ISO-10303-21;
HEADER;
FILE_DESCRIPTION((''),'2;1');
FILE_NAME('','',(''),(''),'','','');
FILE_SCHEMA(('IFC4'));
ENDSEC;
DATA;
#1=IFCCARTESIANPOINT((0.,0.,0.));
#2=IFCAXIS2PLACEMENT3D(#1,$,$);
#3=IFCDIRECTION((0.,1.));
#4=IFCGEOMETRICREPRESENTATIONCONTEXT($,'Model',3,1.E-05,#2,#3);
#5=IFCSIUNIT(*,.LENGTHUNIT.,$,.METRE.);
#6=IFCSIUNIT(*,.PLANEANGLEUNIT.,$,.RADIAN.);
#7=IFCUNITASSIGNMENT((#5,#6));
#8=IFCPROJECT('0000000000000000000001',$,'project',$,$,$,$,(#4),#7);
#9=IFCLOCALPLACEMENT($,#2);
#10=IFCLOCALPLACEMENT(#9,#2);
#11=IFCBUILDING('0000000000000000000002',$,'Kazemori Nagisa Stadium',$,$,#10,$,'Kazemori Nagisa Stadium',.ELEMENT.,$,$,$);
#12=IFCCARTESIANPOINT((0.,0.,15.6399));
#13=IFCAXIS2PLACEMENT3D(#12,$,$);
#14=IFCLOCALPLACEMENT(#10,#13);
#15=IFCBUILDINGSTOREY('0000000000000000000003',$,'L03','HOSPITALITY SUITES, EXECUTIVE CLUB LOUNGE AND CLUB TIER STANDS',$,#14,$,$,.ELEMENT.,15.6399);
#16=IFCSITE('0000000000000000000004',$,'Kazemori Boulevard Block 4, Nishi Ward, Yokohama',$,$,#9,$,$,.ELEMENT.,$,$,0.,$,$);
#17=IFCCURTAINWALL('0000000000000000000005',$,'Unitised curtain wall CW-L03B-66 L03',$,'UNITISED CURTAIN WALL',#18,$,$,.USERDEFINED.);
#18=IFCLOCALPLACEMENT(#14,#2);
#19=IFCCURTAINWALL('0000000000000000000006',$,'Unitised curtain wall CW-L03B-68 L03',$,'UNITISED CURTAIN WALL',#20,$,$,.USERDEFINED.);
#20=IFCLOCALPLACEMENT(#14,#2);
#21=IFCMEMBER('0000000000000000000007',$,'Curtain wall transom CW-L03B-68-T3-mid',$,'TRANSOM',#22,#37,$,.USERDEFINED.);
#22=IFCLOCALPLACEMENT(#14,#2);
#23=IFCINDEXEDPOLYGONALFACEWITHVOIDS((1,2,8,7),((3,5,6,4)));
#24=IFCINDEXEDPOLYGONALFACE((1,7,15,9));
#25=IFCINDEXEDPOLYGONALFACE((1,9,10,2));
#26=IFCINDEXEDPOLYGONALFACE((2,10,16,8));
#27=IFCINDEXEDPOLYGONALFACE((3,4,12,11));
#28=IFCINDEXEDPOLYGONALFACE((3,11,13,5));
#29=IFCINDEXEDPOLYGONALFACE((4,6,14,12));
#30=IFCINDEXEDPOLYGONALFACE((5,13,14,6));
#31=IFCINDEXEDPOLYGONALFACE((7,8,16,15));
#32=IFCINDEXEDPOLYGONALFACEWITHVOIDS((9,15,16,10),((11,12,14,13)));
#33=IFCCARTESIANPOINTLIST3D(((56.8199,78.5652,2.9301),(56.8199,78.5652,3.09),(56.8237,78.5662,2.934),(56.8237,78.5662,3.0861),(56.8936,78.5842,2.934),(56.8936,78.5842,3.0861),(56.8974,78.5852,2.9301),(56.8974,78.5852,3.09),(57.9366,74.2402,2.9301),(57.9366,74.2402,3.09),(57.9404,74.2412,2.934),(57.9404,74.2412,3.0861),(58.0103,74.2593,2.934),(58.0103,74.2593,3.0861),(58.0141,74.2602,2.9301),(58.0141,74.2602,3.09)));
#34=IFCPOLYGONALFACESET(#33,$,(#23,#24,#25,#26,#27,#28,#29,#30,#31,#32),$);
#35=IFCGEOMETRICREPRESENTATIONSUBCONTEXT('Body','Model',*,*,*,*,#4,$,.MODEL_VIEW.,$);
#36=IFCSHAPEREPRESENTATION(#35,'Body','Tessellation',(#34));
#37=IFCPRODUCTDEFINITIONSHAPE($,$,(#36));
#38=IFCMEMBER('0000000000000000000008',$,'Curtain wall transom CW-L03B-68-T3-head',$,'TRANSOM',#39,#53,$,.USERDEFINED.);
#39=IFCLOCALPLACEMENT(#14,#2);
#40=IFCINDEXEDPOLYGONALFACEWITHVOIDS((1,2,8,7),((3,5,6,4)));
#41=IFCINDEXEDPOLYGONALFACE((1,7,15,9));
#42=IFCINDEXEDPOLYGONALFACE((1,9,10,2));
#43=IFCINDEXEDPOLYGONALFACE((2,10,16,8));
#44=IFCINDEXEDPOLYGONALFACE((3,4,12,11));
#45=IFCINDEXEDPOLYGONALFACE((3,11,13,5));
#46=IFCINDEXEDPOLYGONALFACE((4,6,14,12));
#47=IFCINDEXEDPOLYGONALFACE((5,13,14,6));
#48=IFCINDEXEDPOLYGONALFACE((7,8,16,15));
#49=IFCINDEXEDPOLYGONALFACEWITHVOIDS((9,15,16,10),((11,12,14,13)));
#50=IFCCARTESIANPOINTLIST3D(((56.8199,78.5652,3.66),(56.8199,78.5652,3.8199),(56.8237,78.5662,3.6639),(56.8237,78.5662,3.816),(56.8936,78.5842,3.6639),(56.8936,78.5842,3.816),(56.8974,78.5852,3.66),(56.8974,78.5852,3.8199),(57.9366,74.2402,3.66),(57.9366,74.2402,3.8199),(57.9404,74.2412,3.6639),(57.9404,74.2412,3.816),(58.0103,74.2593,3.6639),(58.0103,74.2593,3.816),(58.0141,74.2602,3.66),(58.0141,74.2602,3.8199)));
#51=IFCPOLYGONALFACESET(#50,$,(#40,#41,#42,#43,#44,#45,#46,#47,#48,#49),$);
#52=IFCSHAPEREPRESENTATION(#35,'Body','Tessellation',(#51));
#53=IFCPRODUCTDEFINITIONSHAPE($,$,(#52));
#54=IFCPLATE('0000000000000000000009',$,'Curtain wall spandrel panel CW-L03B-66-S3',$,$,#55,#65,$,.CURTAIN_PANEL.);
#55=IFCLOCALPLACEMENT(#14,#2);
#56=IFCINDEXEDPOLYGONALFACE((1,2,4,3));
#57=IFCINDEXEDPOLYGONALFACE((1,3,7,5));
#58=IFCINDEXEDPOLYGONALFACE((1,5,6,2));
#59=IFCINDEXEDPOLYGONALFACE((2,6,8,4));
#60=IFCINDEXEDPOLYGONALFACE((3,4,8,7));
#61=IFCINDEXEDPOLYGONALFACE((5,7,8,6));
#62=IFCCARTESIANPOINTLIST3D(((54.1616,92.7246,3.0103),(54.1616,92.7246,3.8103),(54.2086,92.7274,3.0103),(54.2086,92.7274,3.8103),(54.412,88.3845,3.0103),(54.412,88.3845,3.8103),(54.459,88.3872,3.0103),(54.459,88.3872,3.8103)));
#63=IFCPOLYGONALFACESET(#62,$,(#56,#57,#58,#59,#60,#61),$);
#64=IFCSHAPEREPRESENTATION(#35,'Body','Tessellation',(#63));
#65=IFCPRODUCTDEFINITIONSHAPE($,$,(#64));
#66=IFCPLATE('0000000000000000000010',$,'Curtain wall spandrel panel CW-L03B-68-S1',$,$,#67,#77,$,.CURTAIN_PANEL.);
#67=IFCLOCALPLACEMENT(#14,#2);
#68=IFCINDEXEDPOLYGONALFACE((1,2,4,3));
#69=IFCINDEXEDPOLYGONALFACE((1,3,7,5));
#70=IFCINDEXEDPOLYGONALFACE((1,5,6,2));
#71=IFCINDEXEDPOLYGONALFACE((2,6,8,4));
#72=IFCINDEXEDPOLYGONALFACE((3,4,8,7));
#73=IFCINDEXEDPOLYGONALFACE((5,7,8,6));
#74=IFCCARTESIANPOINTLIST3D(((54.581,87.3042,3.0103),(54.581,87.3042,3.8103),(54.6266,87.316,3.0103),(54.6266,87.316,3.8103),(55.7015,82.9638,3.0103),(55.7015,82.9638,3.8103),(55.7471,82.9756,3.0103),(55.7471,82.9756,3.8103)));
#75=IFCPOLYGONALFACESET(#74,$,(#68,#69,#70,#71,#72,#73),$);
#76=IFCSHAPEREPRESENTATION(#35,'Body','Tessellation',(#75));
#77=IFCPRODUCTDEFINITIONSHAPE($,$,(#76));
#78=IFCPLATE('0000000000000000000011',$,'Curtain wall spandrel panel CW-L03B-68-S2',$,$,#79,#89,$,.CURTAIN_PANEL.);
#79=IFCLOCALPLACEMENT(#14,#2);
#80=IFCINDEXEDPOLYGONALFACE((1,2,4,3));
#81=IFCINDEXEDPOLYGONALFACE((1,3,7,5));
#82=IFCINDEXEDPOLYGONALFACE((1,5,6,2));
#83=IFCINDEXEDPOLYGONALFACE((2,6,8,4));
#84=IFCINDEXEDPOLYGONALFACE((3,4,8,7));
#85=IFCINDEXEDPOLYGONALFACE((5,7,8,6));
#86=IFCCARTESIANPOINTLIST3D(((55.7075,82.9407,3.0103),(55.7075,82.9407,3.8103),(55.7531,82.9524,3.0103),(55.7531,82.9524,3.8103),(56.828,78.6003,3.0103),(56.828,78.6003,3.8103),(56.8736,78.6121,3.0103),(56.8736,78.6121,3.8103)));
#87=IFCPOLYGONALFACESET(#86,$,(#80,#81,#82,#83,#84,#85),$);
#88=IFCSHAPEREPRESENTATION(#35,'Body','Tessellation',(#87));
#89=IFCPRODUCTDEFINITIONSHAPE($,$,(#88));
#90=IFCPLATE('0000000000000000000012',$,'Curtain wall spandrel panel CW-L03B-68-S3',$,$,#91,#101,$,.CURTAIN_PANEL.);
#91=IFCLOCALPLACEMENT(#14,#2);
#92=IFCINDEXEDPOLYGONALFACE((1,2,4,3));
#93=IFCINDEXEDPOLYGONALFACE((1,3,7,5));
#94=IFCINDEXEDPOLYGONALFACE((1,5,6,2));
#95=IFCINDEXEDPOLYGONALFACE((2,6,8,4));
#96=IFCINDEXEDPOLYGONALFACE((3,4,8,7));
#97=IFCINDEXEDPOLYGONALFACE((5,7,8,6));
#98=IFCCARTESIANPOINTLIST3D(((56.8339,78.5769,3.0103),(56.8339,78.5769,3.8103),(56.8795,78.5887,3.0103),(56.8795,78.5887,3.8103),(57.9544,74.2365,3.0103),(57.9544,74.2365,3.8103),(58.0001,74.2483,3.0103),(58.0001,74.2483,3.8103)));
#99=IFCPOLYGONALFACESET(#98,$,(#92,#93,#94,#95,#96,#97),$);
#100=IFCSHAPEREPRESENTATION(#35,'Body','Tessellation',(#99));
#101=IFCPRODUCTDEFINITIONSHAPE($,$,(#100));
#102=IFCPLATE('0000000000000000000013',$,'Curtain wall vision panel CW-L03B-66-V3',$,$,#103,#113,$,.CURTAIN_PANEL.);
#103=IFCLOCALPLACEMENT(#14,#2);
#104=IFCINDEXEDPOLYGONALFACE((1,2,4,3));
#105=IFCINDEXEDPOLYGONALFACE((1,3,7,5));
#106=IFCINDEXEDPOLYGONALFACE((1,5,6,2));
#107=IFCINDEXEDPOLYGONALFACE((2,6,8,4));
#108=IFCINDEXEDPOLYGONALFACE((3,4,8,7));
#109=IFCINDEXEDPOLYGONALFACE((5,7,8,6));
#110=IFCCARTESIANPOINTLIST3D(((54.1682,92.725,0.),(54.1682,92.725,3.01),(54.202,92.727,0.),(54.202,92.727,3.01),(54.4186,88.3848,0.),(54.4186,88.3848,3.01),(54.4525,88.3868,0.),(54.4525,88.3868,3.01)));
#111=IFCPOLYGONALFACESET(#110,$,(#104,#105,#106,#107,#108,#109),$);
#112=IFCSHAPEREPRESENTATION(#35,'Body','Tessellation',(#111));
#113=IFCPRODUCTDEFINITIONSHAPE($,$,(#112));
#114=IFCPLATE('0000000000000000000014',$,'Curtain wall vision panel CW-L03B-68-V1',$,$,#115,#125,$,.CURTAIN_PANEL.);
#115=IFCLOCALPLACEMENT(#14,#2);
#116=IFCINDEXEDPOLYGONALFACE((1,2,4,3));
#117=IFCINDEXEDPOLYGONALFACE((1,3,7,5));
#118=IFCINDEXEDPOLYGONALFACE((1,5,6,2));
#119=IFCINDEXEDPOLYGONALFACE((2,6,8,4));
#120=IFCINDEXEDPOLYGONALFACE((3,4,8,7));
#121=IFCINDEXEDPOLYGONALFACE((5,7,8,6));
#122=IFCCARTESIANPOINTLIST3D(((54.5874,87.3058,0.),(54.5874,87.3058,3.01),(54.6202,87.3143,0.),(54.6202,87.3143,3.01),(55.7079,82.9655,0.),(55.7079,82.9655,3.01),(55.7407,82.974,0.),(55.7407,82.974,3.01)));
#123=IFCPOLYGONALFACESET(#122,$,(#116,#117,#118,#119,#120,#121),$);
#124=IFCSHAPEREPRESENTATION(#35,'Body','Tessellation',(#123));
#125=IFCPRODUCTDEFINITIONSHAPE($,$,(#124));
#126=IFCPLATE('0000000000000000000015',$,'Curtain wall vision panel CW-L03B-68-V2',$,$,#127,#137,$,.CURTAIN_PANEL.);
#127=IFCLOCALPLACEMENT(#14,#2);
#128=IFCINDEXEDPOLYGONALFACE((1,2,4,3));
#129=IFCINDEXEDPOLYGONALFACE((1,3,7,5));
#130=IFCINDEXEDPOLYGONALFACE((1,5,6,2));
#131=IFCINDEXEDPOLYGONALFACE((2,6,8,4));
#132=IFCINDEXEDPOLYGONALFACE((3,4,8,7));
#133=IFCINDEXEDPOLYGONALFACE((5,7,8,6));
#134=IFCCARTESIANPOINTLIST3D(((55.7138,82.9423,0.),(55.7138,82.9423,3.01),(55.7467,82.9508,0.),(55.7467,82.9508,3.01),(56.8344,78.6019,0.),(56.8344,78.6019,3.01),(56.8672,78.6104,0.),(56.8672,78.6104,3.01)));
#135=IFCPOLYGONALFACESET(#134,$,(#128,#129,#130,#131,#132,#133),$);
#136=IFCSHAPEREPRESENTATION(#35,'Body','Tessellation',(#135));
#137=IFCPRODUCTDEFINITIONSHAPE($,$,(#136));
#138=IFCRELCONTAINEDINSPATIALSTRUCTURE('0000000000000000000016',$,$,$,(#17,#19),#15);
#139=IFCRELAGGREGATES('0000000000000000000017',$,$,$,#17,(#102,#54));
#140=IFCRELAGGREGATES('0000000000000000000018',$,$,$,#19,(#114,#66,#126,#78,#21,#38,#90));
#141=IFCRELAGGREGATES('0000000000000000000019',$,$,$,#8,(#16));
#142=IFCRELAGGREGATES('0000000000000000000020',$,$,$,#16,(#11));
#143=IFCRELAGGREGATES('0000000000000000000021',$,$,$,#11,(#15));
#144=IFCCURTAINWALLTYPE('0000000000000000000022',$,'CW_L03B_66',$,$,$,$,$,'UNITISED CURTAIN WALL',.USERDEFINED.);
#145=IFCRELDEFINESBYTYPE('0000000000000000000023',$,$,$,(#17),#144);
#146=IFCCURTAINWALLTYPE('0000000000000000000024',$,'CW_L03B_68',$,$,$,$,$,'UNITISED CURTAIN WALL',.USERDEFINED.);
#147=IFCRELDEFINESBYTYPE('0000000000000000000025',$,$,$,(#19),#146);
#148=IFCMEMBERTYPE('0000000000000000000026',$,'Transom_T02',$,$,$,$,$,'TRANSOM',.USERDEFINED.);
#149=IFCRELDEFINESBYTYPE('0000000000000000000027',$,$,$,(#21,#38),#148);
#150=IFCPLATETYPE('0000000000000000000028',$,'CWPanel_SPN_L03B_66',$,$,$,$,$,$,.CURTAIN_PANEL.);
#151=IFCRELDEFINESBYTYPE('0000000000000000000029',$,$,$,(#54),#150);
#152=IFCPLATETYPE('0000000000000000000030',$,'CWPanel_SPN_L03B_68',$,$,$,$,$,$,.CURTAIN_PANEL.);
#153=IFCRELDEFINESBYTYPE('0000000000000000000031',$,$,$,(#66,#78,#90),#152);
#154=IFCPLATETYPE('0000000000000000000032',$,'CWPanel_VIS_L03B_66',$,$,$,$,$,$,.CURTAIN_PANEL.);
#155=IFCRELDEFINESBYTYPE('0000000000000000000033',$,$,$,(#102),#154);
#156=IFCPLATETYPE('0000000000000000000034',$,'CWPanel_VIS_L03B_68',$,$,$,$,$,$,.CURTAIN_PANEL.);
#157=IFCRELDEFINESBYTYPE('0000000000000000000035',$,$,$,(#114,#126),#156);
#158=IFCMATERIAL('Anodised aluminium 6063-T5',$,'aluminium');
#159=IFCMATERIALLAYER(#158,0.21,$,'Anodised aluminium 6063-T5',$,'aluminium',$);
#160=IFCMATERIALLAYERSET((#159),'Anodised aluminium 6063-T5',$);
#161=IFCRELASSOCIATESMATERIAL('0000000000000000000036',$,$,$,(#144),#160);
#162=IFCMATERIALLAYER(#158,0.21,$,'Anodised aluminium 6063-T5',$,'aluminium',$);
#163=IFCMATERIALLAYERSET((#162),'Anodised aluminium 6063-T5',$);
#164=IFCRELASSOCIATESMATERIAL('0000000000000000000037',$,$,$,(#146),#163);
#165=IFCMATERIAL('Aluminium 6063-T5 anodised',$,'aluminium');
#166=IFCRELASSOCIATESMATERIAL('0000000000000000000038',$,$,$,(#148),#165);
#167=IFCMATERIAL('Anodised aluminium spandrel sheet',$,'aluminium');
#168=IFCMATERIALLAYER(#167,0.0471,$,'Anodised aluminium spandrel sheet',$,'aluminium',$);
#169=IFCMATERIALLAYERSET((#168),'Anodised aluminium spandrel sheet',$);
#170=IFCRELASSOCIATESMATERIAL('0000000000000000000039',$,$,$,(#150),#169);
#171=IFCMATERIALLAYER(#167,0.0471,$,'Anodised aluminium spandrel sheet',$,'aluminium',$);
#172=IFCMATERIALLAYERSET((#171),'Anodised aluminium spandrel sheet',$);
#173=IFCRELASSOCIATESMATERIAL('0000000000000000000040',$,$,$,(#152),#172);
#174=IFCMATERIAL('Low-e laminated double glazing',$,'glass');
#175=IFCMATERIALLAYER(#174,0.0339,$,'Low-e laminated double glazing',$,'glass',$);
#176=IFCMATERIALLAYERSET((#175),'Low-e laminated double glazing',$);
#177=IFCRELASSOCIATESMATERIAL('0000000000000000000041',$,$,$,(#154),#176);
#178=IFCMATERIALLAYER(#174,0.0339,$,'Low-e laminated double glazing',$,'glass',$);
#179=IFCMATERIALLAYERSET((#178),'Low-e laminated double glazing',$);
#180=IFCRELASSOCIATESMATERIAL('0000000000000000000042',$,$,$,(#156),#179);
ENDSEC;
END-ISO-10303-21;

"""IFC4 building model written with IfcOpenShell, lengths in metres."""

from ifc_helpers import new_model, si_unit, direction, frame, origin, origin_2d, place, context, subcontext, project, spatial, rectangle, hollow_rectangle, extrude, material, layer, layer_set, material_profile, profile_set, type_object, element, aggregate, save


model = new_model("IFC4")

# Units and contexts
model_context = context("Model", 3, precision=1e-05, world=origin(), true_north=direction((0.0, 1.0)))
body_context = subcontext(model_context, "Body", "Model", "MODEL_VIEW")
ifc_project = project(units=[si_unit("LENGTHUNIT", "METRE"), si_unit("PLANEANGLEUNIT", "RADIAN")], contexts=[model_context])

# Site, building, storey
site_placement = place(None, origin())
site = spatial("IfcSite", under=ifc_project, at=site_placement, Name="Kazemori Boulevard Block 4, Nishi Ward, Yokohama", CompositionType="ELEMENT", RefElevation=0.0)
building_placement = place(site_placement, origin())
building = spatial("IfcBuilding", under=site, at=building_placement, Name="Kazemori Nagisa Stadium", LongName="Kazemori Nagisa Stadium", CompositionType="ELEMENT")
storey_placement = place(building_placement, frame((0.0, 0.0, 15.6399)))
storey = spatial("IfcBuildingStorey", under=building, at=storey_placement, Name="L03", Description="HOSPITALITY SUITES, EXECUTIVE CLUB LOUNGE AND CLUB TIER STANDS", CompositionType="ELEMENT", Elevation=15.6399)

# Curtain wall
ifc_material_1 = material(Name="Anodised aluminium 6063-T5", Category="aluminium")
ifc_layer_1 = layer(ifc_material_1, 0.21, Name="Anodised aluminium 6063-T5", Category="aluminium")
ifc_layer_set_1 = layer_set([ifc_layer_1], Name="Anodised aluminium 6063-T5")
curtain_wall_type_1 = type_object("IfcCurtainWallType", Name="CW_L03B_66", ElementType="UNITISED CURTAIN WALL", PredefinedType="USERDEFINED", material=ifc_layer_set_1)
curtain_wall_1_placement = place(storey_placement, origin())
curtain_wall_1 = element("IfcCurtainWall", 1, at=curtain_wall_1_placement, inside=storey, type_object=curtain_wall_type_1, Name="Unitised curtain wall CW-L03B-66 L03", ObjectType="UNITISED CURTAIN WALL", PredefinedType="USERDEFINED")
ifc_material_2 = material(Name="Aluminium 6063-T5 anodised", Category="aluminium")

# Curtain wall
ifc_layer_2 = layer(ifc_material_1, 0.21, Name="Anodised aluminium 6063-T5", Category="aluminium")
ifc_layer_set_2 = layer_set([ifc_layer_2], Name="Anodised aluminium 6063-T5")
curtain_wall_type_2 = type_object("IfcCurtainWallType", Name="CW_L03B_68", ElementType="UNITISED CURTAIN WALL", PredefinedType="USERDEFINED", material=ifc_layer_set_2)
curtain_wall_2_placement = place(storey_placement, origin())
curtain_wall_2 = element("IfcCurtainWall", 2, at=curtain_wall_2_placement, inside=storey, type_object=curtain_wall_type_2, Name="Unitised curtain wall CW-L03B-68 L03", ObjectType="UNITISED CURTAIN WALL", PredefinedType="USERDEFINED")

# Members
ifc_material_profile_1 = material_profile(ifc_material_2, hollow_rectangle(XDim=0.0801, YDim=0.1599, WallThickness=0.0039, at=origin_2d()), Name="ALU-TRAN-80x160x4")
ifc_profile_set_1 = profile_set([ifc_material_profile_1], Name="Aluminium 6063-T5 anodised")
member_type_1 = type_object("IfcMemberType", Name="Transom_T02", ElementType="TRANSOM", PredefinedType="USERDEFINED", material=ifc_profile_set_1)
member_1_placement = place(storey_placement, frame((56.8586, 78.5752, 3.01), z_axis=(0.25, -0.968246, 0.0), x_axis=(0.968246, 0.25, 0.0)))
member_1 = element("IfcMember", 3, at=member_1_placement, type_object=member_type_1, Name="Curtain wall transom CW-L03B-68-T3-mid", ObjectType="TRANSOM", PredefinedType="USERDEFINED", context=body_context, shape_type="SweptSolid", body=[
    extrude(hollow_rectangle(XDim=0.0801, YDim=0.1599, WallThickness=0.0039, at=origin_2d()), origin(), (0.0, 0.0, 1.0), 4.4668),
])
member_2_placement = place(storey_placement, frame((56.8586, 78.5752, 3.74), z_axis=(0.25, -0.968246, 0.0), x_axis=(0.968246, 0.25, 0.0)))
member_2 = element("IfcMember", 4, at=member_2_placement, type_object=member_type_1, Name="Curtain wall transom CW-L03B-68-T3-head", ObjectType="TRANSOM", PredefinedType="USERDEFINED", context=body_context, shape_type="SweptSolid", body=[
    extrude(hollow_rectangle(XDim=0.0801, YDim=0.1599, WallThickness=0.0039, at=origin_2d()), origin(), (0.0, 0.0, 1.0), 4.4668),
])

# Plates
ifc_material_3 = material(Name="Anodised aluminium spandrel sheet", Category="aluminium")
ifc_layer_3 = layer(ifc_material_3, 0.0471, Name="Anodised aluminium spandrel sheet", Category="aluminium")
ifc_layer_set_3 = layer_set([ifc_layer_3], Name="Anodised aluminium spandrel sheet")
plate_type_1 = type_object("IfcPlateType", Name="CWPanel_SPN_L03B_66", PredefinedType="CURTAIN_PANEL", material=ifc_layer_set_3)
plate_1_placement = place(storey_placement, frame((54.3103, 90.5559, 3.0103), z_axis=(0.0, 0.0, 1.0), x_axis=(0.057602, -0.99834, 0.0)))
plate_1 = element("IfcPlate", 5, at=plate_1_placement, type_object=plate_type_1, Name="Curtain wall spandrel panel CW-L03B-66-S3", PredefinedType="CURTAIN_PANEL", context=body_context, shape_type="SweptSolid", body=[
    extrude(rectangle(XDim=4.3474, YDim=0.0471, at=origin_2d()), origin(), (0.0, 0.0, 1.0), 0.8),
])
ifc_layer_4 = layer(ifc_material_3, 0.0471, Name="Anodised aluminium spandrel sheet", Category="aluminium")
ifc_layer_set_4 = layer_set([ifc_layer_4], Name="Anodised aluminium spandrel sheet")
plate_type_2 = type_object("IfcPlateType", Name="CWPanel_SPN_L03B_68", PredefinedType="CURTAIN_PANEL", material=ifc_layer_set_4)
plate_2_placement = place(storey_placement, frame((55.1641, 85.1399, 3.0103), z_axis=(0.0, 0.0, 1.0), x_axis=(0.249965, -0.968255, 0.0)))
plate_2 = element("IfcPlate", 6, at=plate_2_placement, type_object=plate_type_2, Name="Curtain wall spandrel panel CW-L03B-68-S1", PredefinedType="CURTAIN_PANEL", context=body_context, shape_type="SweptSolid", body=[
    extrude(rectangle(XDim=4.4827, YDim=0.0471, at=origin_2d()), origin(), (0.0, 0.0, 1.0), 0.8),
])
plate_3_placement = place(storey_placement, frame((56.2905, 80.7764, 3.0103), z_axis=(0.0, 0.0, 1.0), x_axis=(0.249965, -0.968255, 0.0)))
plate_3 = element("IfcPlate", 7, at=plate_3_placement, type_object=plate_type_2, Name="Curtain wall spandrel panel CW-L03B-68-S2", PredefinedType="CURTAIN_PANEL", context=body_context, shape_type="SweptSolid", body=[
    extrude(rectangle(XDim=4.4827, YDim=0.0471, at=origin_2d()), origin(), (0.0, 0.0, 1.0), 0.8),
])
plate_4_placement = place(storey_placement, frame((57.417, 76.4126, 3.0103), z_axis=(0.0, 0.0, 1.0), x_axis=(0.249965, -0.968255, 0.0)))
plate_4 = element("IfcPlate", 8, at=plate_4_placement, type_object=plate_type_2, Name="Curtain wall spandrel panel CW-L03B-68-S3", PredefinedType="CURTAIN_PANEL", context=body_context, shape_type="SweptSolid", body=[
    extrude(rectangle(XDim=4.4827, YDim=0.0471, at=origin_2d()), origin(), (0.0, 0.0, 1.0), 0.8),
])
ifc_material_4 = material(Name="Low-e laminated double glazing", Category="glass")
ifc_layer_5 = layer(ifc_material_4, 0.0339, Name="Low-e laminated double glazing", Category="glass")
ifc_layer_set_5 = layer_set([ifc_layer_5], Name="Low-e laminated double glazing")
plate_type_3 = type_object("IfcPlateType", Name="CWPanel_VIS_L03B_66", PredefinedType="CURTAIN_PANEL", material=ifc_layer_set_5)
plate_5_placement = place(storey_placement, frame((54.3103, 90.5559, 0.0), z_axis=(0.0, 0.0, 1.0), x_axis=(0.057602, -0.99834, 0.0)))
plate_5 = element("IfcPlate", 9, at=plate_5_placement, type_object=plate_type_3, Name="Curtain wall vision panel CW-L03B-66-V3", PredefinedType="CURTAIN_PANEL", context=body_context, shape_type="SweptSolid", body=[
    extrude(rectangle(XDim=4.3474, YDim=0.0339, at=origin_2d()), origin(), (0.0, 0.0, 1.0), 3.01),
])
aggregate(curtain_wall_1, [plate_5, plate_1])
ifc_layer_6 = layer(ifc_material_4, 0.0339, Name="Low-e laminated double glazing", Category="glass")
ifc_layer_set_6 = layer_set([ifc_layer_6], Name="Low-e laminated double glazing")
plate_type_4 = type_object("IfcPlateType", Name="CWPanel_VIS_L03B_68", PredefinedType="CURTAIN_PANEL", material=ifc_layer_set_6)
plate_6_placement = place(storey_placement, frame((55.1641, 85.1399, 0.0), z_axis=(0.0, 0.0, 1.0), x_axis=(0.249965, -0.968255, 0.0)))
plate_6 = element("IfcPlate", 10, at=plate_6_placement, type_object=plate_type_4, Name="Curtain wall vision panel CW-L03B-68-V1", PredefinedType="CURTAIN_PANEL", context=body_context, shape_type="SweptSolid", body=[
    extrude(rectangle(XDim=4.4827, YDim=0.0339, at=origin_2d()), origin(), (0.0, 0.0, 1.0), 3.01),
])
plate_7_placement = place(storey_placement, frame((56.2905, 80.7764, 0.0), z_axis=(0.0, 0.0, 1.0), x_axis=(0.249965, -0.968255, 0.0)))
plate_7 = element("IfcPlate", 11, at=plate_7_placement, type_object=plate_type_4, Name="Curtain wall vision panel CW-L03B-68-V2", PredefinedType="CURTAIN_PANEL", context=body_context, shape_type="SweptSolid", body=[
    extrude(rectangle(XDim=4.4827, YDim=0.0339, at=origin_2d()), origin(), (0.0, 0.0, 1.0), 3.01),
])
aggregate(curtain_wall_2, [plate_6, plate_2, plate_7, plate_3, member_1, member_2, plate_4])

save(model, "model.ifc")
